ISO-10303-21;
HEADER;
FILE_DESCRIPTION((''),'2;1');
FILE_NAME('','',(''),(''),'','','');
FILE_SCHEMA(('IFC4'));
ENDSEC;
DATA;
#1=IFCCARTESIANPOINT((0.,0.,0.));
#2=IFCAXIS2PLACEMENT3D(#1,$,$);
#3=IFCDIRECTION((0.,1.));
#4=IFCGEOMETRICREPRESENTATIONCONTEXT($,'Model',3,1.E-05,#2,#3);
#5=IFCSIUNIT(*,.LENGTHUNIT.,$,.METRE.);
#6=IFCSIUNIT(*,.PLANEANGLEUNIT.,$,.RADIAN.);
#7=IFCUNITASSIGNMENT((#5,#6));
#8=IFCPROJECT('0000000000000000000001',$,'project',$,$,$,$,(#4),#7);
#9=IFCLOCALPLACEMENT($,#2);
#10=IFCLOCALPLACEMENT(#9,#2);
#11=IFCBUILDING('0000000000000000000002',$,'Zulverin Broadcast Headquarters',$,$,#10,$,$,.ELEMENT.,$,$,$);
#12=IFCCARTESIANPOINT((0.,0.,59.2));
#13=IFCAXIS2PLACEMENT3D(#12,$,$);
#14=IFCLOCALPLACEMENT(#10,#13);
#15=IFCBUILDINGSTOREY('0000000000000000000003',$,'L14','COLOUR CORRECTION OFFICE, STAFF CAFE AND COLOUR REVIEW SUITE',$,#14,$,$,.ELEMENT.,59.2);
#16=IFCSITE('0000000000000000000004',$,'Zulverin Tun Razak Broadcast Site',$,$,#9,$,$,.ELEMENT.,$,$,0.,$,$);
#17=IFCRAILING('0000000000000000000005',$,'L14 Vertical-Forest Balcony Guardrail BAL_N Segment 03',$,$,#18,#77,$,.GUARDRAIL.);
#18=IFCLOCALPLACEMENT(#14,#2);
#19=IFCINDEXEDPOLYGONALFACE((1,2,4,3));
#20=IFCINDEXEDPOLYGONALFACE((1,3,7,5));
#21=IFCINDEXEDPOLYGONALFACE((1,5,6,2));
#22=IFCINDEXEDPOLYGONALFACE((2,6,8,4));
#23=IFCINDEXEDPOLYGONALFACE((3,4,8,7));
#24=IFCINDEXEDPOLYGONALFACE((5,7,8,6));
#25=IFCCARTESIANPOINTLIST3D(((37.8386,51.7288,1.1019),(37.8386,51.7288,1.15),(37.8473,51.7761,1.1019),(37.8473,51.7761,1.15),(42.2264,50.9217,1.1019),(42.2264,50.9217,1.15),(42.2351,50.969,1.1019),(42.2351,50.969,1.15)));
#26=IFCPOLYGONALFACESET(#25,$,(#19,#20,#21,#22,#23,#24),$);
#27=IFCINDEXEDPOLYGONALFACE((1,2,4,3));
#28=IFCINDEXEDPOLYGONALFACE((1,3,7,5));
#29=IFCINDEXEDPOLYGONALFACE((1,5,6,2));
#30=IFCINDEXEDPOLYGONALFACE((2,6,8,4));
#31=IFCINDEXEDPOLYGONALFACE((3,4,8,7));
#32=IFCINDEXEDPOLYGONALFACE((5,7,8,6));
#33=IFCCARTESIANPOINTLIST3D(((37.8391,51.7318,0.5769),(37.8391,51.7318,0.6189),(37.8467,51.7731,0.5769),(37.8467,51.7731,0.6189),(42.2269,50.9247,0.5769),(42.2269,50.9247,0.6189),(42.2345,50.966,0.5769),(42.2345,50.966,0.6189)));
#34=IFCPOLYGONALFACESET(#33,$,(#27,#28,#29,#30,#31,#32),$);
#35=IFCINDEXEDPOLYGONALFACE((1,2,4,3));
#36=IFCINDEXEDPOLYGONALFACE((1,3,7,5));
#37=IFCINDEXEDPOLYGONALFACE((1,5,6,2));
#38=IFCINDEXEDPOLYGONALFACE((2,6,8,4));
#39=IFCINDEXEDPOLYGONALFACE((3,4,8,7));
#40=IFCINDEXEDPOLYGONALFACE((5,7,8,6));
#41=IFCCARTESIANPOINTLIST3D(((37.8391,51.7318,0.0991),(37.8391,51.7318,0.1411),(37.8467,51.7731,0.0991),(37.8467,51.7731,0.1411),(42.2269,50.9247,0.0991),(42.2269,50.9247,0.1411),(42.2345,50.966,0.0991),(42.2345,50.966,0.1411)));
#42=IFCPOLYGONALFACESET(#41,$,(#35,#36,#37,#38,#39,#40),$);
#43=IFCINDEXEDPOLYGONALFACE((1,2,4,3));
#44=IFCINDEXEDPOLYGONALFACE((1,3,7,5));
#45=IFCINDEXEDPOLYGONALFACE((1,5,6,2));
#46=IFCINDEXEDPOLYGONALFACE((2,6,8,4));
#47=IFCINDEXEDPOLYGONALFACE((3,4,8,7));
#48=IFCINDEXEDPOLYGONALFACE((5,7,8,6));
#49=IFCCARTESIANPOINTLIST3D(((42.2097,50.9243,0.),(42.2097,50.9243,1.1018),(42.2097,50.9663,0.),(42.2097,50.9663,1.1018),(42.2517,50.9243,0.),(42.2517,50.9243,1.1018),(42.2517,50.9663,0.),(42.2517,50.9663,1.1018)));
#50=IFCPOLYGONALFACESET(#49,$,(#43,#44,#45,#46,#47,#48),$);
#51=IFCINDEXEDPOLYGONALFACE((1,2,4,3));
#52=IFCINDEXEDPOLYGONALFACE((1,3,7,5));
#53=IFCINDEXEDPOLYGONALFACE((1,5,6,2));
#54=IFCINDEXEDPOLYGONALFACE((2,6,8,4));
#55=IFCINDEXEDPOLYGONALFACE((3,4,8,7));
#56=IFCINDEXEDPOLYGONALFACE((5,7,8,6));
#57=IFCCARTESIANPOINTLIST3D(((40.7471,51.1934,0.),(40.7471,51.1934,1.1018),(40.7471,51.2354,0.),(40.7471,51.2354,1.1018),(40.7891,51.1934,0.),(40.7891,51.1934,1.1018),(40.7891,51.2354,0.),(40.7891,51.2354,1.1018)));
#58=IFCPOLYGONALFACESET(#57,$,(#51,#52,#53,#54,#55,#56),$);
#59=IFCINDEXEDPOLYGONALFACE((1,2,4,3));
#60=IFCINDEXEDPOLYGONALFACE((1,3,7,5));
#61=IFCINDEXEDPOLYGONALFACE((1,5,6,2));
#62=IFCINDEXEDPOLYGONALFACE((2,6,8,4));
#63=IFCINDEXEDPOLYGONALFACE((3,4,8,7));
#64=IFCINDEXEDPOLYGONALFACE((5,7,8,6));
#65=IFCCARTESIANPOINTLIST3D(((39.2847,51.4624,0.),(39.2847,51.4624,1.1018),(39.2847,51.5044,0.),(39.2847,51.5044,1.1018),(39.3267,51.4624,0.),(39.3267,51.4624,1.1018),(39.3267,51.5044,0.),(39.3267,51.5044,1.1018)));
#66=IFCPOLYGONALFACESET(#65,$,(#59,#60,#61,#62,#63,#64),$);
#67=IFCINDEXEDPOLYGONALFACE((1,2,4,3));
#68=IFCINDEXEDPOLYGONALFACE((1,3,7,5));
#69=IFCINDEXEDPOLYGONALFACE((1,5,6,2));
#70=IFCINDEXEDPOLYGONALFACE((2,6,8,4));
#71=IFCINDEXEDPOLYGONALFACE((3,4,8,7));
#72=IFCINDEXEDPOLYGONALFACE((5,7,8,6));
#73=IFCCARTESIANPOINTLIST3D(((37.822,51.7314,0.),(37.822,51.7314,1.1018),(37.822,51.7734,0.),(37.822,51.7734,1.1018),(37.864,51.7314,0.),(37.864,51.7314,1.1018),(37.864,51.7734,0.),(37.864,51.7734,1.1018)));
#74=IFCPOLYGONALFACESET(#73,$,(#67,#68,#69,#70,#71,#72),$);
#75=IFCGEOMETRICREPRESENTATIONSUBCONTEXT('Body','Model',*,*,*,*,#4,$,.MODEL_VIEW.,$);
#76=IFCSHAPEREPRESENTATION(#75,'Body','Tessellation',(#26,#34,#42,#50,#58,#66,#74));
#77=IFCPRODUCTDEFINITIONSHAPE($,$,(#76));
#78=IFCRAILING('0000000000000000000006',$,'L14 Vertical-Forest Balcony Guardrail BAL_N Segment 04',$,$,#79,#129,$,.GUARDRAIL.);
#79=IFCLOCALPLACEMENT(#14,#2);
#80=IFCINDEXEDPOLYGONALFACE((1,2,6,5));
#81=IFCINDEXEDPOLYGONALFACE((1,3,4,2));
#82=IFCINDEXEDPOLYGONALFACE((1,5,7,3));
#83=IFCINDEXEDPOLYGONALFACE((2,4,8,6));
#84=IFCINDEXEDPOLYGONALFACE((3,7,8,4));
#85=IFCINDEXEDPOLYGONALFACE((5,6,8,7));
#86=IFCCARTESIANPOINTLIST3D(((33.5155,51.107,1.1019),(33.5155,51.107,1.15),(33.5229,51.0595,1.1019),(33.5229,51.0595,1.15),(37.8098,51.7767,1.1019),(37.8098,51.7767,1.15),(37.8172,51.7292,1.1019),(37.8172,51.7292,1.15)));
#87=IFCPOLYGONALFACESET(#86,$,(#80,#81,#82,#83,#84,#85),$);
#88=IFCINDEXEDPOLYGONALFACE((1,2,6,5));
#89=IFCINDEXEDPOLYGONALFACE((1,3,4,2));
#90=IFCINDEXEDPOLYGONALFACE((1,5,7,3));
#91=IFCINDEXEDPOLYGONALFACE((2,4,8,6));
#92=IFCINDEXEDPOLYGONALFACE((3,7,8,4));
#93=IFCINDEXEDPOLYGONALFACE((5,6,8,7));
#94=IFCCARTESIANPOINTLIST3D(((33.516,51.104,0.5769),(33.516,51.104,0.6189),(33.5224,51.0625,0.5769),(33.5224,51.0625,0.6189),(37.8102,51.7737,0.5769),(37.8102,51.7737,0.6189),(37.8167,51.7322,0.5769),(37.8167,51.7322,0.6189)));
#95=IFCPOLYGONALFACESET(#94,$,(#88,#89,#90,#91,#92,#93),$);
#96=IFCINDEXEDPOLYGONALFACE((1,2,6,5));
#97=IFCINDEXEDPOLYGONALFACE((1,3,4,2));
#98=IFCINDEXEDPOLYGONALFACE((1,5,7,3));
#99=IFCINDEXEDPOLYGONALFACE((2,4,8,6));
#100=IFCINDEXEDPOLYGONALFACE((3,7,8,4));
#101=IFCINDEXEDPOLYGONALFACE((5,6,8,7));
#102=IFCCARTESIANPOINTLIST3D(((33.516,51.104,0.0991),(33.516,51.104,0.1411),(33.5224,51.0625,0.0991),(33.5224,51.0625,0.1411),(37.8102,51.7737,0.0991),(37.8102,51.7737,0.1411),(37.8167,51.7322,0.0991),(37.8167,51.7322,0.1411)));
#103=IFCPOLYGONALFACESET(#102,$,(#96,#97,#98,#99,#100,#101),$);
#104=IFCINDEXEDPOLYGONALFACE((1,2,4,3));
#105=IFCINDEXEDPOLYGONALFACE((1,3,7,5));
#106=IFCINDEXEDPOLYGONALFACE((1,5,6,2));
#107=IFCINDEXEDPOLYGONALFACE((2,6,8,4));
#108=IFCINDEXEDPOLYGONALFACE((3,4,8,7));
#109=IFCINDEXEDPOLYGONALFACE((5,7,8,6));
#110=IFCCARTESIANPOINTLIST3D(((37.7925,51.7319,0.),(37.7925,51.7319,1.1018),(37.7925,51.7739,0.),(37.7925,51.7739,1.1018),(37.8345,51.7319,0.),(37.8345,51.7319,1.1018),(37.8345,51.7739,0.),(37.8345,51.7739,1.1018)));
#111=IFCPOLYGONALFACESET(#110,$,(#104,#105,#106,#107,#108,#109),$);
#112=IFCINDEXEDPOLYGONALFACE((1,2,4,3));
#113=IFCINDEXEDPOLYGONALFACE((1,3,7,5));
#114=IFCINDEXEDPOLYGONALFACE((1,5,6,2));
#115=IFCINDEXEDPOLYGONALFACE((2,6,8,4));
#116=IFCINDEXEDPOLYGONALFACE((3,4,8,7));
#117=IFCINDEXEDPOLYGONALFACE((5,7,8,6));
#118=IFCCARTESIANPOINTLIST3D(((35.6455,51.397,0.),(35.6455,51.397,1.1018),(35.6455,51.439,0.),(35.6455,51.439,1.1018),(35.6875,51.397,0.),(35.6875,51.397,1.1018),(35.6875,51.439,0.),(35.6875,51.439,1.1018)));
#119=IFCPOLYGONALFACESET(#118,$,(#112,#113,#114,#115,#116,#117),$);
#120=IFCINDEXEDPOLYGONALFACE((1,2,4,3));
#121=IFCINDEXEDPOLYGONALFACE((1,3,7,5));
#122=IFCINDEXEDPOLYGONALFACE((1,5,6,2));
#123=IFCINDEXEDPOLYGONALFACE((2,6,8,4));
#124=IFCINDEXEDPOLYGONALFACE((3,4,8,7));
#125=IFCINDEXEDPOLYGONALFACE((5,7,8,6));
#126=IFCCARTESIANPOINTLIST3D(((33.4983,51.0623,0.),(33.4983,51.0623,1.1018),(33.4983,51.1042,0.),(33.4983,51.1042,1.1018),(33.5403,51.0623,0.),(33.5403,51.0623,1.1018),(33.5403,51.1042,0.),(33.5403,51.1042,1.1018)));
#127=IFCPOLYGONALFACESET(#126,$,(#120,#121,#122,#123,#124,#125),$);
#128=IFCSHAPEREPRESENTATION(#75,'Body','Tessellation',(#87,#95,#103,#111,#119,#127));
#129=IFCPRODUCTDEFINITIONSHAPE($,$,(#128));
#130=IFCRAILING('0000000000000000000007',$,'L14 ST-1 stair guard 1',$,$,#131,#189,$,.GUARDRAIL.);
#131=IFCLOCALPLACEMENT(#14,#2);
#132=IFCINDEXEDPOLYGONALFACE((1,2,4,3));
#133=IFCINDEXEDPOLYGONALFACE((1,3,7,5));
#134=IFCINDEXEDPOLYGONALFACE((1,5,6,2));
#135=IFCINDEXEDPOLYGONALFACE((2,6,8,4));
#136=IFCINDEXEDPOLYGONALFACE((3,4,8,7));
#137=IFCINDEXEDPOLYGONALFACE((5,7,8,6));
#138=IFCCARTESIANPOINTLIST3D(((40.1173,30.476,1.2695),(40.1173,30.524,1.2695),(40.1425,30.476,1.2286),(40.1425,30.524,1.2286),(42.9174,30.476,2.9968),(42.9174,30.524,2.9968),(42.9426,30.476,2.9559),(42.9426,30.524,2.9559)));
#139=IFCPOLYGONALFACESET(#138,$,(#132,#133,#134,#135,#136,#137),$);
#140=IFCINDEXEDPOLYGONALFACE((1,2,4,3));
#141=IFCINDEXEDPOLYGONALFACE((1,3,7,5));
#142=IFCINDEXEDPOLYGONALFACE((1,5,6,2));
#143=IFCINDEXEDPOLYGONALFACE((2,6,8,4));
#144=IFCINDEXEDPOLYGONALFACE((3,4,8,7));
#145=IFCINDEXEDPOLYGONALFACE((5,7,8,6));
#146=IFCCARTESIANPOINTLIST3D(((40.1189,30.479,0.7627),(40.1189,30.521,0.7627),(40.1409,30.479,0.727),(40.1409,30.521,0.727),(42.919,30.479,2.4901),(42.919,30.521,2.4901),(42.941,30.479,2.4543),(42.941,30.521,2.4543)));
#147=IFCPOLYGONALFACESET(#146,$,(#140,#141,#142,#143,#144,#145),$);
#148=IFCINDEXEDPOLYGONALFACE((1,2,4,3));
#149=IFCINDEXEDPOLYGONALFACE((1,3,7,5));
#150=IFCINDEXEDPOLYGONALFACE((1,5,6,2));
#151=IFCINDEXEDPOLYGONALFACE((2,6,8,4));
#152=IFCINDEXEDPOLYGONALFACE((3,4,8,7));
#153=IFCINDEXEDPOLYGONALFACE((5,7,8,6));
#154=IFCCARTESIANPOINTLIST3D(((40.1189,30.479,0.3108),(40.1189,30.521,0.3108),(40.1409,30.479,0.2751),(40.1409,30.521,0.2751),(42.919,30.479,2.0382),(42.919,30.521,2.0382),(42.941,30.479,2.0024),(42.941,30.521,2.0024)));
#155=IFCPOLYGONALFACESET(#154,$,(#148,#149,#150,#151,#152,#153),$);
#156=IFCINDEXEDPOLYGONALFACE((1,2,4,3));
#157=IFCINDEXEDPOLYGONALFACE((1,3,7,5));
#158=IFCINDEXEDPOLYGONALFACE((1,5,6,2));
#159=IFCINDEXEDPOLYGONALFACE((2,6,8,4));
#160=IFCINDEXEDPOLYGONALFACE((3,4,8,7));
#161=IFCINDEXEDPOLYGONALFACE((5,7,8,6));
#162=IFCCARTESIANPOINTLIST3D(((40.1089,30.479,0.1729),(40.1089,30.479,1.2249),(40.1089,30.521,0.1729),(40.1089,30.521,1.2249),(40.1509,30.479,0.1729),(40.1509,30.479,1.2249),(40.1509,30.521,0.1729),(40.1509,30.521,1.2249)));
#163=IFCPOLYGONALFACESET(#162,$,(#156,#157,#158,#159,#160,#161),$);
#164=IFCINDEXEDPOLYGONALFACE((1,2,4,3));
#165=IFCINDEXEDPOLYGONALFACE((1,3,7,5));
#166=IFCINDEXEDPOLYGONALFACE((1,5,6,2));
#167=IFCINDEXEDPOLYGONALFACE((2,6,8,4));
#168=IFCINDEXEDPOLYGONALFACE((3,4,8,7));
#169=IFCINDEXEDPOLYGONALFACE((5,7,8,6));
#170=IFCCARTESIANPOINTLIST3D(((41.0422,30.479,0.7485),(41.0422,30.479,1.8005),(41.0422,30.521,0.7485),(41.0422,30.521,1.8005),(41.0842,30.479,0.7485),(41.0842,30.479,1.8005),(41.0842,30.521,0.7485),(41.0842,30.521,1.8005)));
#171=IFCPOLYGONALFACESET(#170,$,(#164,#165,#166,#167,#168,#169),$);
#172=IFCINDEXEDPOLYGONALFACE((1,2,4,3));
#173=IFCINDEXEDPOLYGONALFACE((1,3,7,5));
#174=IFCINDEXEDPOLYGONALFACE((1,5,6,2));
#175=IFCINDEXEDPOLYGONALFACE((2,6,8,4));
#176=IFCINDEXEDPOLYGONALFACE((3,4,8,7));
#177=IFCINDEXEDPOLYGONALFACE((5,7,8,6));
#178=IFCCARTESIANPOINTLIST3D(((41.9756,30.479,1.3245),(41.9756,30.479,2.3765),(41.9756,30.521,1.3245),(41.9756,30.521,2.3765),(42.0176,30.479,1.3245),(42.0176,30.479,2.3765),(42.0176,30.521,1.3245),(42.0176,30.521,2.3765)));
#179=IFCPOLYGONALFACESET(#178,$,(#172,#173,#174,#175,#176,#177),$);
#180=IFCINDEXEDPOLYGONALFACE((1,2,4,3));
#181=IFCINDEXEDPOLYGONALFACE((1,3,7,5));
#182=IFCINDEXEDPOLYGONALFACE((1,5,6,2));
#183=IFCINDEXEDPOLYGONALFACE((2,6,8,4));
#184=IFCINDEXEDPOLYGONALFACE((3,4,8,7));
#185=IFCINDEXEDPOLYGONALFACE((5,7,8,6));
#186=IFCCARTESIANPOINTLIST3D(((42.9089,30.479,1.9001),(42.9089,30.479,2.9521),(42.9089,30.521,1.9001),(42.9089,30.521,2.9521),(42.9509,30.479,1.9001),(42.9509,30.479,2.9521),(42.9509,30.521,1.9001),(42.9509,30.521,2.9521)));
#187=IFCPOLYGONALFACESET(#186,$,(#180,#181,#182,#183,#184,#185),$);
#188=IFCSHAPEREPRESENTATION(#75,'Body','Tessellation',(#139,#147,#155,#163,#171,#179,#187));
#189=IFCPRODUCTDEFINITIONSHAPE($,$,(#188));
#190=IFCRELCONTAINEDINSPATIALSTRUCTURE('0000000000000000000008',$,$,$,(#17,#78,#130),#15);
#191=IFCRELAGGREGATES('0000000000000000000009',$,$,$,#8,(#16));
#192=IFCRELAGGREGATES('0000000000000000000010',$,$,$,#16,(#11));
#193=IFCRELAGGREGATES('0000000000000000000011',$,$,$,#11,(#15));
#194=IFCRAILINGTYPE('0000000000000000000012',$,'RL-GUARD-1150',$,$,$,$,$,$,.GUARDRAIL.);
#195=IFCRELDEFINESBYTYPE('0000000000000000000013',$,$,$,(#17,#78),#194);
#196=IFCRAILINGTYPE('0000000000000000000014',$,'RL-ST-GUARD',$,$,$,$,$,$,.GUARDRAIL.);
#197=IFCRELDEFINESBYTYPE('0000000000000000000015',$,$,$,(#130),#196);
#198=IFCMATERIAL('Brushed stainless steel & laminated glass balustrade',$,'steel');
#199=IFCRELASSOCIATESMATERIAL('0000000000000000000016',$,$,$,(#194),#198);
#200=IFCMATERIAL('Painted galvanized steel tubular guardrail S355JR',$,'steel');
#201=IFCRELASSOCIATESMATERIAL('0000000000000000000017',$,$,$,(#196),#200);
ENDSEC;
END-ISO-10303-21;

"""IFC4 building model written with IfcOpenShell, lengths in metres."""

from ifc_helpers import new_model, si_unit, direction, frame, origin, origin_2d, place, context, subcontext, project, spatial, rectangle, extrude, material, type_object, element, save


model = new_model("IFC4")

# Units and contexts
model_context = context("Model", 3, precision=1e-05, world=origin(), true_north=direction((0.0, 1.0)))
body_context = subcontext(model_context, "Body", "Model", "MODEL_VIEW")
ifc_project = project(units=[si_unit("LENGTHUNIT", "METRE"), si_unit("PLANEANGLEUNIT", "RADIAN")], contexts=[model_context])

# Site, building, storey
site_placement = place(None, origin())
site = spatial("IfcSite", under=ifc_project, at=site_placement, Name="Zulverin Tun Razak Broadcast Site", CompositionType="ELEMENT", RefElevation=0.0)
building_placement = place(site_placement, origin())
building = spatial("IfcBuilding", under=site, at=building_placement, Name="Zulverin Broadcast Headquarters", CompositionType="ELEMENT")
storey_placement = place(building_placement, frame((0.0, 0.0, 59.2)))
storey = spatial("IfcBuildingStorey", under=building, at=storey_placement, Name="L14", Description="COLOUR CORRECTION OFFICE, STAFF CAFE AND COLOUR REVIEW SUITE", CompositionType="ELEMENT", Elevation=59.2)

# Railings
ifc_material_1 = material(Name="Brushed stainless steel & laminated glass balustrade", Category="steel")
railing_type_1 = type_object("IfcRailingType", Name="RL-GUARD-1150", PredefinedType="GUARDRAIL", material=ifc_material_1)
railing_1_placement = place(storey_placement, frame((42.2307, 50.9453, 0.0)))
element("IfcRailing", 1, at=railing_1_placement, inside=storey, type_object=railing_type_1, Name="L14 Vertical-Forest Balcony Guardrail BAL_N Segment 03", PredefinedType="GUARDRAIL", context=body_context, shape_type="SweptSolid", body=[
    extrude(rectangle(XDim=0.0481, YDim=0.0481, at=origin_2d()), frame((0.0, 0.0, 1.126), z_axis=(-0.983498, 0.180917, 0.0), x_axis=(-0.180917, -0.983498, 0.0)), (0.0, 0.0, 1.0), 4.4614),
    extrude(rectangle(XDim=0.042, YDim=0.042, at=origin_2d()), frame((0.0, 0.0, 0.5979), z_axis=(-0.983498, 0.180917, 0.0), x_axis=(-0.180917, -0.983498, 0.0)), (0.0, 0.0, 1.0), 4.4614),
    extrude(rectangle(XDim=0.042, YDim=0.042, at=origin_2d()), frame((0.0, 0.0, 0.1201), z_axis=(-0.983498, 0.180917, 0.0), x_axis=(-0.180917, -0.983498, 0.0)), (0.0, 0.0, 1.0), 4.4614),
    extrude(rectangle(XDim=0.042, YDim=0.042, at=origin_2d()), origin(), (0.0, 0.0, 1.0), 1.1018),
    extrude(rectangle(XDim=0.042, YDim=0.042, at=origin_2d()), frame((-1.4626, 0.269, 0.0)), (0.0, 0.0, 1.0), 1.1018),
    extrude(rectangle(XDim=0.042, YDim=0.042, at=origin_2d()), frame((-2.925, 0.5381, 0.0)), (0.0, 0.0, 1.0), 1.1018),
    extrude(rectangle(XDim=0.042, YDim=0.042, at=origin_2d()), frame((-4.3877, 0.8071, 0.0)), (0.0, 0.0, 1.0), 1.1018),
])
railing_2_placement = place(storey_placement, frame((37.8135, 51.7529, 0.0)))
element("IfcRailing", 2, at=railing_2_placement, inside=storey, type_object=railing_type_1, Name="L14 Vertical-Forest Balcony Guardrail BAL_N Segment 04", PredefinedType="GUARDRAIL", context=body_context, shape_type="SweptSolid", body=[
    extrude(rectangle(XDim=0.0481, YDim=0.0481, at=origin_2d()), frame((0.0, 0.0, 1.126), z_axis=(-0.988057, -0.154087, 0.0), x_axis=(0.154087, -0.988057, 0.0)), (0.0, 0.0, 1.0), 4.3462),
    extrude(rectangle(XDim=0.042, YDim=0.042, at=origin_2d()), frame((0.0, 0.0, 0.5979), z_axis=(-0.988057, -0.154087, 0.0), x_axis=(0.154087, -0.988057, 0.0)), (0.0, 0.0, 1.0), 4.3462),
    extrude(rectangle(XDim=0.042, YDim=0.042, at=origin_2d()), frame((0.0, 0.0, 0.1201), z_axis=(-0.988057, -0.154087, 0.0), x_axis=(0.154087, -0.988057, 0.0)), (0.0, 0.0, 1.0), 4.3462),
    extrude(rectangle(XDim=0.042, YDim=0.042, at=origin_2d()), origin(), (0.0, 0.0, 1.0), 1.1018),
    extrude(rectangle(XDim=0.042, YDim=0.042, at=origin_2d()), frame((-2.147, -0.335, 0.0)), (0.0, 0.0, 1.0), 1.1018),
    extrude(rectangle(XDim=0.042, YDim=0.042, at=origin_2d()), frame((-4.2942, -0.6697, 0.0)), (0.0, 0.0, 1.0), 1.1018),
])
ifc_material_2 = material(Name="Painted galvanized steel tubular guardrail S355JR", Category="steel")
railing_type_2 = type_object("IfcRailingType", Name="RL-ST-GUARD", PredefinedType="GUARDRAIL", material=ifc_material_2)
railing_3_placement = place(storey_placement, frame((40.1299, 30.5, 0.1729)))
element("IfcRailing", 3, at=railing_3_placement, inside=storey, type_object=railing_type_2, Name="L14 ST-1 stair guard 1", PredefinedType="GUARDRAIL", context=body_context, shape_type="SweptSolid", body=[
    extrude(rectangle(XDim=0.0481, YDim=0.0481, at=origin_2d()), frame((0.0, 0.0, 1.0762), z_axis=(0.85109, 0.0, 0.52502), x_axis=(0.0, 1.0, 0.0)), (0.0, 0.0, 1.0), 3.29),
    extrude(rectangle(XDim=0.042, YDim=0.042, at=origin_2d()), frame((0.0, 0.0, 0.572), z_axis=(0.85109, 0.0, 0.52502), x_axis=(0.0, 1.0, 0.0)), (0.0, 0.0, 1.0), 3.29),
    extrude(rectangle(XDim=0.042, YDim=0.042, at=origin_2d()), frame((0.0, 0.0, 0.1201), z_axis=(0.85109, 0.0, 0.52502), x_axis=(0.0, 1.0, 0.0)), (0.0, 0.0, 1.0), 3.29),
    extrude(rectangle(XDim=0.042, YDim=0.042, at=origin_2d()), origin(), (0.0, 0.0, 1.0), 1.052),
    extrude(rectangle(XDim=0.042, YDim=0.042, at=origin_2d()), frame((0.9333, 0.0, 0.5757)), (0.0, 0.0, 1.0), 1.052),
    extrude(rectangle(XDim=0.042, YDim=0.042, at=origin_2d()), frame((1.8667, 0.0, 1.1516)), (0.0, 0.0, 1.0), 1.052),
    extrude(rectangle(XDim=0.042, YDim=0.042, at=origin_2d()), frame((2.8, 0.0, 1.7273)), (0.0, 0.0, 1.0), 1.052),
])

save(model, "model.ifc")
